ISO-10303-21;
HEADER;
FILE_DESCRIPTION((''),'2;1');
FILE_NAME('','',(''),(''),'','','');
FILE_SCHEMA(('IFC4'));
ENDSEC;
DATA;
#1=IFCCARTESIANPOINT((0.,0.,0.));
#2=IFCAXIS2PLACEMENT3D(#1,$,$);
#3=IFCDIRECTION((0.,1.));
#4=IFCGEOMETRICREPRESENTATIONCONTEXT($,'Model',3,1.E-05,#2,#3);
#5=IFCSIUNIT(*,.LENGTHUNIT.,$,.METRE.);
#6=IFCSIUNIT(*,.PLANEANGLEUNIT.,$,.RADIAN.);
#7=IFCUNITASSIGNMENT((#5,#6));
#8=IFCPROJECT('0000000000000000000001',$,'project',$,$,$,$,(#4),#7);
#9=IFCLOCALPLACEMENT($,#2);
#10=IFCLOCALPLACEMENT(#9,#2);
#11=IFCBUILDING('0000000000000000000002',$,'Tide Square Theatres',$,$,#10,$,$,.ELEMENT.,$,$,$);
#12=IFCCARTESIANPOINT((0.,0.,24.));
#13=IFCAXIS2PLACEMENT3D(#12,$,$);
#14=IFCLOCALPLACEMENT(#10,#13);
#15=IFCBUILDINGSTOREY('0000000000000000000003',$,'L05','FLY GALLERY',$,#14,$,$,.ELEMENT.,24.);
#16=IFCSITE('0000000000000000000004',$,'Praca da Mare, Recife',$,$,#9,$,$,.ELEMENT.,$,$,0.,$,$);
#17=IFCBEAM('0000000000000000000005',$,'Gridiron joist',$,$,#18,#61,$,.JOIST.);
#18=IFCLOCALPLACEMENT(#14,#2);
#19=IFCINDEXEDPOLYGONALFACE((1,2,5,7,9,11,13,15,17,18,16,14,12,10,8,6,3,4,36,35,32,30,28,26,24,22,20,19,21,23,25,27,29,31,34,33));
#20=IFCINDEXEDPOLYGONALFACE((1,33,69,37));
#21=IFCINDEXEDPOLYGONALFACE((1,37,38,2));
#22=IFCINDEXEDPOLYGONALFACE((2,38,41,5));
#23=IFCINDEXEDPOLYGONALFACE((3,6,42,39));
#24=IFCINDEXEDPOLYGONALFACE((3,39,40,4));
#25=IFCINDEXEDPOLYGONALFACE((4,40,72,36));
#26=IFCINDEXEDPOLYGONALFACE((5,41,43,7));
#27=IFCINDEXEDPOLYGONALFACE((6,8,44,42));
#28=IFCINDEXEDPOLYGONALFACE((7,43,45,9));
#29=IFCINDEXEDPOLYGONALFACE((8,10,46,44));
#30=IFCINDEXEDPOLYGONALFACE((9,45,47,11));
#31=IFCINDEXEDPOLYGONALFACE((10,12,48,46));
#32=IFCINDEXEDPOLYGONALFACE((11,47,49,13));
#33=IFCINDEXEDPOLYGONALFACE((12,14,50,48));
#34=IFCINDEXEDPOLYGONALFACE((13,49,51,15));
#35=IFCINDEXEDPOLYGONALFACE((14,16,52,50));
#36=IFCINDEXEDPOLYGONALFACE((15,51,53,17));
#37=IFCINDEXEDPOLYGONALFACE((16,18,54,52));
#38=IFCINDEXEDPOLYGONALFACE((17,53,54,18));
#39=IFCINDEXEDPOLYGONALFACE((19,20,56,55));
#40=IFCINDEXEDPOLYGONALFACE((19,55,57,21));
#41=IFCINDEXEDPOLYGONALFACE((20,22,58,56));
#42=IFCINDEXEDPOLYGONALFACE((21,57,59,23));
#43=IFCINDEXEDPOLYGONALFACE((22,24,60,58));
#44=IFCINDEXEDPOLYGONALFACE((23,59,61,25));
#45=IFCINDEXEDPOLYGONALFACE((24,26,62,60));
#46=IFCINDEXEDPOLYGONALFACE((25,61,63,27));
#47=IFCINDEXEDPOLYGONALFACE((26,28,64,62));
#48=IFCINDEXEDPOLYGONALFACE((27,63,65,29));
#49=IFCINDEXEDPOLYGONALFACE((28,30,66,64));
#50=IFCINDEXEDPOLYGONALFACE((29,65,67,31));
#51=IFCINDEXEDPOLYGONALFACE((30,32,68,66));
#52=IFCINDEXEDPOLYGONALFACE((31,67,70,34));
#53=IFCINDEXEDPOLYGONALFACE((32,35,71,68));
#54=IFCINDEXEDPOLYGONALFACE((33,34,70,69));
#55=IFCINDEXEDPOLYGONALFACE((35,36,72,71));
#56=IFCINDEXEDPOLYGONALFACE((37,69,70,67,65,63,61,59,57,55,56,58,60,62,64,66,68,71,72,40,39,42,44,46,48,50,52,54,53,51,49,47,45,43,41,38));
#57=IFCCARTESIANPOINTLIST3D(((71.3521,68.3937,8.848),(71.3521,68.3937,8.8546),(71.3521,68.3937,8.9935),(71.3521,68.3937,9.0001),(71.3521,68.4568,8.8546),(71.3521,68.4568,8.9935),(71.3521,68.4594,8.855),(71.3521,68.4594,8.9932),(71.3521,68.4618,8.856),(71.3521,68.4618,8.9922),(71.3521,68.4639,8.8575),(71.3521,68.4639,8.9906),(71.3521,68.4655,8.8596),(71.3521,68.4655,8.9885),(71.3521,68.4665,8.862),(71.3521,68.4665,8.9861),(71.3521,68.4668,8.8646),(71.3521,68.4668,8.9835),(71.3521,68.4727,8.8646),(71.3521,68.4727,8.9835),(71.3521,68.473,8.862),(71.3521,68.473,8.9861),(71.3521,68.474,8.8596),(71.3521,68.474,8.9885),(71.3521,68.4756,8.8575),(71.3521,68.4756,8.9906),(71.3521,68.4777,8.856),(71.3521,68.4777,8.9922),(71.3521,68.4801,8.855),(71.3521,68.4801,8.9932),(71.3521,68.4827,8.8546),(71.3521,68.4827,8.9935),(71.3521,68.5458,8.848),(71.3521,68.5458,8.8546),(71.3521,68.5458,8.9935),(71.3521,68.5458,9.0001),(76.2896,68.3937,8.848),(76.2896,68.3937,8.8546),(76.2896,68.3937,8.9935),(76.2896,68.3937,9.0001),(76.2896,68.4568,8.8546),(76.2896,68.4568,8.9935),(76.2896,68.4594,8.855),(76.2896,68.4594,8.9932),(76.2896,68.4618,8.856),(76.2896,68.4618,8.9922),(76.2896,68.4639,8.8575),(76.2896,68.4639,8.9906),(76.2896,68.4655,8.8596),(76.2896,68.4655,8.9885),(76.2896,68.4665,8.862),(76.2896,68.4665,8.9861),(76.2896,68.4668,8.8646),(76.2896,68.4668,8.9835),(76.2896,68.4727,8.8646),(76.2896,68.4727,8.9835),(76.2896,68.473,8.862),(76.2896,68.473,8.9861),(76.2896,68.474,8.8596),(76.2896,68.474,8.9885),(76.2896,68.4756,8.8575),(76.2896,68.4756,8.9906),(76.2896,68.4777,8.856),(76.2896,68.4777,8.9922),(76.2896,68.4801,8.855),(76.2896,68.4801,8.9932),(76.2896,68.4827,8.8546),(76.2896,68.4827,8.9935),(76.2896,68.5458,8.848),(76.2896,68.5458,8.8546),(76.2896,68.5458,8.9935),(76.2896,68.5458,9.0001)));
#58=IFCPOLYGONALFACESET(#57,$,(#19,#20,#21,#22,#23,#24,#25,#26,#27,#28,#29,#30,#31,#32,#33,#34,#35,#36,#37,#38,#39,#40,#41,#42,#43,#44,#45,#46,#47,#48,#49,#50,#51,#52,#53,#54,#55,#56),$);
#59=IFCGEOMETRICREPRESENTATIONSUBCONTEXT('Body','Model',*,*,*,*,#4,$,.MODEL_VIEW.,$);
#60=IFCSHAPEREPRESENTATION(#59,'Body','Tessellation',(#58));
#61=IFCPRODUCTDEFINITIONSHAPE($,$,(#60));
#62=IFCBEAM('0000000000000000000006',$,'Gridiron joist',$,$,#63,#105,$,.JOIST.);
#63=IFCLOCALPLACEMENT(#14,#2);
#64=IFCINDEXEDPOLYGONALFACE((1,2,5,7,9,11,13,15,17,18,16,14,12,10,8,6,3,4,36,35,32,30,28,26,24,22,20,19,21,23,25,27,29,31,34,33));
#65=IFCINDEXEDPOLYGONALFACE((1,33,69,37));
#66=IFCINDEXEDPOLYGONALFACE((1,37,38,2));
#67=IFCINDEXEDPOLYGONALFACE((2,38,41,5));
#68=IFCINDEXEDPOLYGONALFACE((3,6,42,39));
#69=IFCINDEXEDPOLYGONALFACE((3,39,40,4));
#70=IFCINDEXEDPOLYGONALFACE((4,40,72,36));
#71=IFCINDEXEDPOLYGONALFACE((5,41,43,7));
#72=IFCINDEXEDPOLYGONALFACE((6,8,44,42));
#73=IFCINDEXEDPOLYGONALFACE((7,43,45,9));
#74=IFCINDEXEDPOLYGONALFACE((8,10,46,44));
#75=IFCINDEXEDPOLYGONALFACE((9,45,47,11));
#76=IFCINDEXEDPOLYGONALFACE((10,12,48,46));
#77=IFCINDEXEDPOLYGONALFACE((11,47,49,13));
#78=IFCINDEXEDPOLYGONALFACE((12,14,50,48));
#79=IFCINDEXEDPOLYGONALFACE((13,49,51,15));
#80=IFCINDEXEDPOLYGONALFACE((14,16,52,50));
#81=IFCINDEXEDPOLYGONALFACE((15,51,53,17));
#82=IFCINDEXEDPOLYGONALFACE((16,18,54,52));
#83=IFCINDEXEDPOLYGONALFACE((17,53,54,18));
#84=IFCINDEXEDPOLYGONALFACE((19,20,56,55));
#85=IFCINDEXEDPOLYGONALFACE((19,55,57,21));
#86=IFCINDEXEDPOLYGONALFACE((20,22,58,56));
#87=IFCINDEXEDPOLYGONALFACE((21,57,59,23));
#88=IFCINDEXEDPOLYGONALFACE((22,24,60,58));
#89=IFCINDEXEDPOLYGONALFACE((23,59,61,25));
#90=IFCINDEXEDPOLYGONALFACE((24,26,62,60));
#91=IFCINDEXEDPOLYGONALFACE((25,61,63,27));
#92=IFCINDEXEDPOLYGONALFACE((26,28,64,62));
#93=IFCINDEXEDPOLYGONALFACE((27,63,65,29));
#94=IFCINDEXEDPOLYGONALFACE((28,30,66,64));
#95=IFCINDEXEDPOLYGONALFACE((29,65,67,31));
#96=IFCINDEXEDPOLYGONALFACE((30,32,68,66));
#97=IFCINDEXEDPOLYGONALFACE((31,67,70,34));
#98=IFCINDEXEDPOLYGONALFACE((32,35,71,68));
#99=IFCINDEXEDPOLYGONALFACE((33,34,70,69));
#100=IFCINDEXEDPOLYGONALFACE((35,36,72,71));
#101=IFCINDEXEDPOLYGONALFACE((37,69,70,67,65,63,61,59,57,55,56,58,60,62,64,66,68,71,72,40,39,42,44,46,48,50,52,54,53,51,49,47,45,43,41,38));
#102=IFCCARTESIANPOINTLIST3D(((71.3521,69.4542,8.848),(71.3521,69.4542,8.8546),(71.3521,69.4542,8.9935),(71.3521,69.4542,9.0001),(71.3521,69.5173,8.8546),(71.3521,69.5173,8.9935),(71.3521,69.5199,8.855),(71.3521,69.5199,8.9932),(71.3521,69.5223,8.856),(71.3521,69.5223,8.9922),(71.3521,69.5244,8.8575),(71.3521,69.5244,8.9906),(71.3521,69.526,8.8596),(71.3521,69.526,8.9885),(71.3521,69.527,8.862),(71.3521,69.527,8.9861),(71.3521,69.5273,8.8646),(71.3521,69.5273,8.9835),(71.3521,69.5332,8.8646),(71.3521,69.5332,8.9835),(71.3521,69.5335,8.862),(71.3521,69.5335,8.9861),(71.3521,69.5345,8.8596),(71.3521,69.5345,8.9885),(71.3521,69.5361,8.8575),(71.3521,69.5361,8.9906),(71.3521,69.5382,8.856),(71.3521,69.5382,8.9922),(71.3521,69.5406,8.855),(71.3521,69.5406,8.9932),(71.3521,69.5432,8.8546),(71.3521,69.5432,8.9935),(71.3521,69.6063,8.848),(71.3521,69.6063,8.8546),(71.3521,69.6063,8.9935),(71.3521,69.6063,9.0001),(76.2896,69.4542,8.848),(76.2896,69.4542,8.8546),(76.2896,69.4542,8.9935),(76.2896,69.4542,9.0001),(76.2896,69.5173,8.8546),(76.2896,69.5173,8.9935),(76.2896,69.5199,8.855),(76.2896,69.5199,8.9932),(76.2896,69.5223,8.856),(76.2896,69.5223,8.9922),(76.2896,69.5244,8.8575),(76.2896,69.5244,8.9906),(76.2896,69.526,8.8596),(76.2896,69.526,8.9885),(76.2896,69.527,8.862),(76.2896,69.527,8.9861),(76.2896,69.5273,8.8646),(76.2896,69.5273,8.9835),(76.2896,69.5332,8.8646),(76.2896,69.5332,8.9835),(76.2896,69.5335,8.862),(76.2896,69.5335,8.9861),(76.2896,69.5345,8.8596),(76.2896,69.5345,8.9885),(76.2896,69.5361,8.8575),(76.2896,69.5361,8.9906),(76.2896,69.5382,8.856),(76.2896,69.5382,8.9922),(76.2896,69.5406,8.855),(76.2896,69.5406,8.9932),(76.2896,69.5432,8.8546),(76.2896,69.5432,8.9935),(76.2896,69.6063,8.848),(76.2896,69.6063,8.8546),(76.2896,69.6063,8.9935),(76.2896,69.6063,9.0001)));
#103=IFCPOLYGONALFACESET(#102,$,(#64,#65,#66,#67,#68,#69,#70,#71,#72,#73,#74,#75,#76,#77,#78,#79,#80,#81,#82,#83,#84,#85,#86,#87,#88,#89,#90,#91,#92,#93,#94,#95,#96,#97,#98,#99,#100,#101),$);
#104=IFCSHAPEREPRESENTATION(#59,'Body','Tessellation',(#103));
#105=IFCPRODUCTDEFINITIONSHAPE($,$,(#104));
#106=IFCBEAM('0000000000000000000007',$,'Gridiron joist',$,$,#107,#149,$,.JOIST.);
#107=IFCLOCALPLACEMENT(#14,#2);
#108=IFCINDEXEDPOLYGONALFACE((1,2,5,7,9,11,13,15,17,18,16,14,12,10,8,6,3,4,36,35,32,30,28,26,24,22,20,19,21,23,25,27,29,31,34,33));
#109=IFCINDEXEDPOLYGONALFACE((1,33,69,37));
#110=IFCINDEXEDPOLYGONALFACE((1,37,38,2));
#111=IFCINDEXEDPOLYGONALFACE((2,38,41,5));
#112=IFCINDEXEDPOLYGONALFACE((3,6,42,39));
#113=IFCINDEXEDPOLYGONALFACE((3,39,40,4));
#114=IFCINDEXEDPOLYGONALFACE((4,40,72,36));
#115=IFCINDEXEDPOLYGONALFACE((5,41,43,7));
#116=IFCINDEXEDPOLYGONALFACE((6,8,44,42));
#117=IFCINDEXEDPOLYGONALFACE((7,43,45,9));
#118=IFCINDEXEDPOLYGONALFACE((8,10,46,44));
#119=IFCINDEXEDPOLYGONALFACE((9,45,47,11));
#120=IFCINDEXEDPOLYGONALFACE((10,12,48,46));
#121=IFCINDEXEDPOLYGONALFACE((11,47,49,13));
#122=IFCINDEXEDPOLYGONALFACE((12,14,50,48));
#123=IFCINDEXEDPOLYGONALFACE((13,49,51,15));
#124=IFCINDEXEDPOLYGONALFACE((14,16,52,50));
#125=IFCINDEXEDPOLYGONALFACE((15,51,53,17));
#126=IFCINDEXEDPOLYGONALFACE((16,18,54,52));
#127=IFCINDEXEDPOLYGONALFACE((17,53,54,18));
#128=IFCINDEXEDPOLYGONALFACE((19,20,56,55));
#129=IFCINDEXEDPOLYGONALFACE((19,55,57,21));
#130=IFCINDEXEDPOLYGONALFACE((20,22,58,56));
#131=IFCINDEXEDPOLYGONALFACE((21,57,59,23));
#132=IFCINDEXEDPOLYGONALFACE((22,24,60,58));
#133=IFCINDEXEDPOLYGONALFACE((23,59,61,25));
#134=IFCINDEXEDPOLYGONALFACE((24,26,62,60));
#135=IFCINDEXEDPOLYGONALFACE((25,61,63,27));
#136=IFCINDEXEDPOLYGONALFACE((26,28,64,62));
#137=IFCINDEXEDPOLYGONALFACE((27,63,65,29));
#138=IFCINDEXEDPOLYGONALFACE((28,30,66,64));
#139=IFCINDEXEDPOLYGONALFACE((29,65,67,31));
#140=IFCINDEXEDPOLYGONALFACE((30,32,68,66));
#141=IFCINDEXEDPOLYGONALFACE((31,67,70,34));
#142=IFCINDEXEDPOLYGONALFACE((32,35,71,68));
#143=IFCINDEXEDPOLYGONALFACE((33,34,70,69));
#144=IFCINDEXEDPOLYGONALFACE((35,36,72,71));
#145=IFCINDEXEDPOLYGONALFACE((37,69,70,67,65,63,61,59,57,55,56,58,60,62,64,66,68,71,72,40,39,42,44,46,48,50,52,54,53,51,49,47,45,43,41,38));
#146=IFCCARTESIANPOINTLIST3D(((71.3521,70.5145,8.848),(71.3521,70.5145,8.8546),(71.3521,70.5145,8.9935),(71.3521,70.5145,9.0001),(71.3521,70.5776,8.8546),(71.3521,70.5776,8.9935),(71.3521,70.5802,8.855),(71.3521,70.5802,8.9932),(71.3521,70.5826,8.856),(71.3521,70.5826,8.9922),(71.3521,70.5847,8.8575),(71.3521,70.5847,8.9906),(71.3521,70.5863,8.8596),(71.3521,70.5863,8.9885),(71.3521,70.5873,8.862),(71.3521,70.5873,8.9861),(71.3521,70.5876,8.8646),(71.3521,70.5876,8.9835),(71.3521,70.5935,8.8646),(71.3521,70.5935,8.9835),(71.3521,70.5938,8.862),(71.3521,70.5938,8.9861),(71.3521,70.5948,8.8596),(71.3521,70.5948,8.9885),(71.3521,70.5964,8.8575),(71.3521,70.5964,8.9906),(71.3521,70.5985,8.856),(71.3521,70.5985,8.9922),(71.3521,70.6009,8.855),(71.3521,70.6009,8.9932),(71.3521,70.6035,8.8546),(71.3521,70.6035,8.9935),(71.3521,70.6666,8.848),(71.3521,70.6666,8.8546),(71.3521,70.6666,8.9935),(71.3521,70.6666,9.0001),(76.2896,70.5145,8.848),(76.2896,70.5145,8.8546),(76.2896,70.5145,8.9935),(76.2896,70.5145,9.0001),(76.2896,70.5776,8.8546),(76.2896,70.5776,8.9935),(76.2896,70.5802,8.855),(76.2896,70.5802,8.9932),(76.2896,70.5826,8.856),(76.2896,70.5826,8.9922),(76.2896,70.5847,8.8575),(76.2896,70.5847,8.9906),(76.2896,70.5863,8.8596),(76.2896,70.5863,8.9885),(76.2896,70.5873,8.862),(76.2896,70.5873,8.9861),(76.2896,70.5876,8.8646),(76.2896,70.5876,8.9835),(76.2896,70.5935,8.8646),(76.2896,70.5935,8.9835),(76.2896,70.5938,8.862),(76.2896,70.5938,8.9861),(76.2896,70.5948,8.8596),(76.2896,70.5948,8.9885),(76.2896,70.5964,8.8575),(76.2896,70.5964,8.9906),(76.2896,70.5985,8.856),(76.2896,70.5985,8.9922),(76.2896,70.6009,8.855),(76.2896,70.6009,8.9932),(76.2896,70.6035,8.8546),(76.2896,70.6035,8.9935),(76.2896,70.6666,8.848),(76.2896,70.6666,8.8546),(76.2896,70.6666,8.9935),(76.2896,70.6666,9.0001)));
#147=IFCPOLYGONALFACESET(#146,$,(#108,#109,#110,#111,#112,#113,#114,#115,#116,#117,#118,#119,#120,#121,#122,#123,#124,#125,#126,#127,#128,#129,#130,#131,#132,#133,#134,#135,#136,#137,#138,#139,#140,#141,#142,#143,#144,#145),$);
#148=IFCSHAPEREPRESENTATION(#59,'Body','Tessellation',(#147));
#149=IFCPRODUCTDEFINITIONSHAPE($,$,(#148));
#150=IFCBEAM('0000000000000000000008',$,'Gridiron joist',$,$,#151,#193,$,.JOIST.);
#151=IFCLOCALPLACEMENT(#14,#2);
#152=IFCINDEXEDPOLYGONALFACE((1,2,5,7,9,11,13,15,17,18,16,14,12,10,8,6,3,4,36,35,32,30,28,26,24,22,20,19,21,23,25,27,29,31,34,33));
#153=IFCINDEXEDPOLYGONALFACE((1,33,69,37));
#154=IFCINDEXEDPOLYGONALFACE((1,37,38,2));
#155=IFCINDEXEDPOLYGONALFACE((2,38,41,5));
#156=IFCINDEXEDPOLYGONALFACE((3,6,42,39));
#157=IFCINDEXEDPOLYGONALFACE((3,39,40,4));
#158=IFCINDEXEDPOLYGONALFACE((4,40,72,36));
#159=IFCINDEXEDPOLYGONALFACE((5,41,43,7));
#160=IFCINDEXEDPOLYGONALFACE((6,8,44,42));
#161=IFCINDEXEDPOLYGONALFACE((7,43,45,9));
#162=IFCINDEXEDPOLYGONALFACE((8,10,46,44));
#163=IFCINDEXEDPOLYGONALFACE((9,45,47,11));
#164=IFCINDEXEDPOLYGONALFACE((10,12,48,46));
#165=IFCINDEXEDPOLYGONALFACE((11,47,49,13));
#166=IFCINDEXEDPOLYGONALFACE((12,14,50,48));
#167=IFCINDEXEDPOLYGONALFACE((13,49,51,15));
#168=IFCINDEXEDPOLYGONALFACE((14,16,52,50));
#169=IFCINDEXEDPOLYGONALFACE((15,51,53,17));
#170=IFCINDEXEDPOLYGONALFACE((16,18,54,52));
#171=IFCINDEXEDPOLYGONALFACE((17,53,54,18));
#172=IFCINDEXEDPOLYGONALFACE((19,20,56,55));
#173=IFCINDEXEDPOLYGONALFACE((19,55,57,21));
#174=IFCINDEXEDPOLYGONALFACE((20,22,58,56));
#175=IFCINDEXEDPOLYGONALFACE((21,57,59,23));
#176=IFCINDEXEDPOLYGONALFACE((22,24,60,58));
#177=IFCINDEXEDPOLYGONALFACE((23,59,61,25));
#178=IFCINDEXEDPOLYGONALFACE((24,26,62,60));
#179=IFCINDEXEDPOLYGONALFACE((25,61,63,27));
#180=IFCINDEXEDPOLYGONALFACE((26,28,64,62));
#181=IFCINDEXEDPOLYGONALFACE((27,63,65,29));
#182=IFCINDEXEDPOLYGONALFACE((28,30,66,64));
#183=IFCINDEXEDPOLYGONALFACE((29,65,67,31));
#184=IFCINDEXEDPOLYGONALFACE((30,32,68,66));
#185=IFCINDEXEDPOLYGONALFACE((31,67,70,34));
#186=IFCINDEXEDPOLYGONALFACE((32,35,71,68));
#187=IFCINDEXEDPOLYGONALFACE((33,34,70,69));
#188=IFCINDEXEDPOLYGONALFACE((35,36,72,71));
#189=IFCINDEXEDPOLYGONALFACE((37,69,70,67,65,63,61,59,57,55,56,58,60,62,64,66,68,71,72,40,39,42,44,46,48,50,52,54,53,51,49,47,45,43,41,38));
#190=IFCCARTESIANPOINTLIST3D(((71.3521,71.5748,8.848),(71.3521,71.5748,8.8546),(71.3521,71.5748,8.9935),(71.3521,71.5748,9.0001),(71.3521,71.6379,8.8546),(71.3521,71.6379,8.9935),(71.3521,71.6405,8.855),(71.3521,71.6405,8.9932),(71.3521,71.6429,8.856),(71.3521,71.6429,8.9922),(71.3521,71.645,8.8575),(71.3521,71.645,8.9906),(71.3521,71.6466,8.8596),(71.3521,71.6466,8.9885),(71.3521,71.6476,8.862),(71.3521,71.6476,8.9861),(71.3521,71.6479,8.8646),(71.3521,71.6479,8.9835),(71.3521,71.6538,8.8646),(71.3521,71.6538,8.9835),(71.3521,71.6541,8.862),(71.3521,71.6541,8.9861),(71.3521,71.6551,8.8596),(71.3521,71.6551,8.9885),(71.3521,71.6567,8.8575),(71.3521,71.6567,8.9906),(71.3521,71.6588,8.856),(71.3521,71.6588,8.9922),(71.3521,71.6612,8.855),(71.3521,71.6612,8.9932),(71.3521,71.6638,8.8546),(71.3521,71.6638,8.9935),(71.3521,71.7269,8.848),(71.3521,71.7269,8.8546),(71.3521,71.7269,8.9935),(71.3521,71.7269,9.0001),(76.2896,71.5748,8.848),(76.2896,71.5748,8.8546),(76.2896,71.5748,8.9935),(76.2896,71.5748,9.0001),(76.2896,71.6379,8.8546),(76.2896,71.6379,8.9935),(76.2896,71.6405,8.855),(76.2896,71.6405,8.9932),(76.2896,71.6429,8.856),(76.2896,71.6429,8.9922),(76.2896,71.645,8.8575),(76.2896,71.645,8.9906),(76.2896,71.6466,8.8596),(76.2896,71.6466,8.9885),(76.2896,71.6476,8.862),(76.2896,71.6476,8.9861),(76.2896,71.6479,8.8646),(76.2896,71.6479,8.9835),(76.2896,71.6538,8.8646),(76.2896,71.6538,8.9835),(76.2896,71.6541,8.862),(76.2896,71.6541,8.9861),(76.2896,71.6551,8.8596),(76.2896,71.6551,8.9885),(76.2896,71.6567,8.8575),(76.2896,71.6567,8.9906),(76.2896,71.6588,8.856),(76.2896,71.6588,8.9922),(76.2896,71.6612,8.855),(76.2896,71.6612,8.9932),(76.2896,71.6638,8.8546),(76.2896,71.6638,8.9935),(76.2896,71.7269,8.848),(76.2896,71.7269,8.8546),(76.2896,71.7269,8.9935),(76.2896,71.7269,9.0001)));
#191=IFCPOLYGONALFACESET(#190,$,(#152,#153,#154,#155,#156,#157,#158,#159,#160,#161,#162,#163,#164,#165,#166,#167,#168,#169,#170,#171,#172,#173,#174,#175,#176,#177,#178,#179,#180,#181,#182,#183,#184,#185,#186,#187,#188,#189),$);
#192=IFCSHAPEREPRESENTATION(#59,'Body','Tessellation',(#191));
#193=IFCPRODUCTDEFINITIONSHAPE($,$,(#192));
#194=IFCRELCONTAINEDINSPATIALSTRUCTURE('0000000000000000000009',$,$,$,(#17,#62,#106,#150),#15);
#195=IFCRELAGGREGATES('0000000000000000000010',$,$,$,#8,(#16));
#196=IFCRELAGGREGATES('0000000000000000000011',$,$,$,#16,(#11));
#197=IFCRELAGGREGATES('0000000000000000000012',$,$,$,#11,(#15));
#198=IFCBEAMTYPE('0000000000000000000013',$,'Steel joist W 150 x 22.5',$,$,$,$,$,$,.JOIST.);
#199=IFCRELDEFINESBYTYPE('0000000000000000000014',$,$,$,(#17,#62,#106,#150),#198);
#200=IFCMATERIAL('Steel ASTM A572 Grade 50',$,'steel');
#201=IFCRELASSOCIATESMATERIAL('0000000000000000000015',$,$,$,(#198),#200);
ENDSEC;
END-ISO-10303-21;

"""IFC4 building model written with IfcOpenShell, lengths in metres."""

from ifc_helpers import new_model, si_unit, direction, frame, origin, origin_2d, place, context, subcontext, project, spatial, i_section, extrude, material, material_profile, profile_set, type_object, element, save


model = new_model("IFC4")

# Units and contexts
model_context = context("Model", 3, precision=1e-05, world=origin(), true_north=direction((0.0, 1.0)))
body_context = subcontext(model_context, "Body", "Model", "MODEL_VIEW")
ifc_project = project(units=[si_unit("LENGTHUNIT", "METRE"), si_unit("PLANEANGLEUNIT", "RADIAN")], contexts=[model_context])

# Site, building, storey
site_placement = place(None, origin())
site = spatial("IfcSite", under=ifc_project, at=site_placement, Name="Praca da Mare, Recife", CompositionType="ELEMENT", RefElevation=0.0)
building_placement = place(site_placement, origin())
building = spatial("IfcBuilding", under=site, at=building_placement, Name="Tide Square Theatres", CompositionType="ELEMENT")
storey_placement = place(building_placement, frame((0.0, 0.0, 24.0)))
storey = spatial("IfcBuildingStorey", under=building, at=storey_placement, Name="L05", Description="FLY GALLERY", CompositionType="ELEMENT", Elevation=24.0)

# Beams
ifc_material_1 = material(Name="Steel ASTM A572 Grade 50", Category="steel")
ifc_material_profile_1 = material_profile(ifc_material_1, i_section(OverallWidth=0.1521, OverallDepth=0.1521, WebThickness=0.0059, FlangeThickness=0.0066, FilletRadius=0.01, at=origin_2d()))
ifc_profile_set_1 = profile_set([ifc_material_profile_1], Name="Steel ASTM A572 Grade 50")
beam_type_1 = type_object("IfcBeamType", Name="Steel joist W 150 x 22.5", PredefinedType="JOIST", material=ifc_profile_set_1)
for number, where, z_axis, x_axis, name in (
    (1, (71.3521, 68.4697, 8.9241), (1.0, 0.0, 0.0), (0.0, 1.0, 0.0), "Gridiron joist"),
    (2, (71.3521, 69.5303, 8.9241), (1.0, 0.0, 0.0), (0.0, 1.0, 0.0), "Gridiron joist"),
    (3, (71.3521, 70.5906, 8.9241), (1.0, 0.0, 0.0), (0.0, 1.0, 0.0), "Gridiron joist"),
    (4, (71.3521, 71.6509, 8.9241), (1.0, 0.0, 0.0), (0.0, 1.0, 0.0), "Gridiron joist"),
):
    element("IfcBeam", number, at=place(storey_placement, frame(where, z_axis=z_axis, x_axis=x_axis)), inside=storey, type_object=beam_type_1, Name=name, PredefinedType="JOIST", context=body_context, shape_type="SweptSolid", body=[
        extrude(i_section(OverallWidth=0.1521, OverallDepth=0.1521, WebThickness=0.0059, FlangeThickness=0.0066, FilletRadius=0.01, at=origin_2d()), origin(), (0.0, 0.0, 1.0), 4.9375),
    ])

save(model, "model.ifc")
